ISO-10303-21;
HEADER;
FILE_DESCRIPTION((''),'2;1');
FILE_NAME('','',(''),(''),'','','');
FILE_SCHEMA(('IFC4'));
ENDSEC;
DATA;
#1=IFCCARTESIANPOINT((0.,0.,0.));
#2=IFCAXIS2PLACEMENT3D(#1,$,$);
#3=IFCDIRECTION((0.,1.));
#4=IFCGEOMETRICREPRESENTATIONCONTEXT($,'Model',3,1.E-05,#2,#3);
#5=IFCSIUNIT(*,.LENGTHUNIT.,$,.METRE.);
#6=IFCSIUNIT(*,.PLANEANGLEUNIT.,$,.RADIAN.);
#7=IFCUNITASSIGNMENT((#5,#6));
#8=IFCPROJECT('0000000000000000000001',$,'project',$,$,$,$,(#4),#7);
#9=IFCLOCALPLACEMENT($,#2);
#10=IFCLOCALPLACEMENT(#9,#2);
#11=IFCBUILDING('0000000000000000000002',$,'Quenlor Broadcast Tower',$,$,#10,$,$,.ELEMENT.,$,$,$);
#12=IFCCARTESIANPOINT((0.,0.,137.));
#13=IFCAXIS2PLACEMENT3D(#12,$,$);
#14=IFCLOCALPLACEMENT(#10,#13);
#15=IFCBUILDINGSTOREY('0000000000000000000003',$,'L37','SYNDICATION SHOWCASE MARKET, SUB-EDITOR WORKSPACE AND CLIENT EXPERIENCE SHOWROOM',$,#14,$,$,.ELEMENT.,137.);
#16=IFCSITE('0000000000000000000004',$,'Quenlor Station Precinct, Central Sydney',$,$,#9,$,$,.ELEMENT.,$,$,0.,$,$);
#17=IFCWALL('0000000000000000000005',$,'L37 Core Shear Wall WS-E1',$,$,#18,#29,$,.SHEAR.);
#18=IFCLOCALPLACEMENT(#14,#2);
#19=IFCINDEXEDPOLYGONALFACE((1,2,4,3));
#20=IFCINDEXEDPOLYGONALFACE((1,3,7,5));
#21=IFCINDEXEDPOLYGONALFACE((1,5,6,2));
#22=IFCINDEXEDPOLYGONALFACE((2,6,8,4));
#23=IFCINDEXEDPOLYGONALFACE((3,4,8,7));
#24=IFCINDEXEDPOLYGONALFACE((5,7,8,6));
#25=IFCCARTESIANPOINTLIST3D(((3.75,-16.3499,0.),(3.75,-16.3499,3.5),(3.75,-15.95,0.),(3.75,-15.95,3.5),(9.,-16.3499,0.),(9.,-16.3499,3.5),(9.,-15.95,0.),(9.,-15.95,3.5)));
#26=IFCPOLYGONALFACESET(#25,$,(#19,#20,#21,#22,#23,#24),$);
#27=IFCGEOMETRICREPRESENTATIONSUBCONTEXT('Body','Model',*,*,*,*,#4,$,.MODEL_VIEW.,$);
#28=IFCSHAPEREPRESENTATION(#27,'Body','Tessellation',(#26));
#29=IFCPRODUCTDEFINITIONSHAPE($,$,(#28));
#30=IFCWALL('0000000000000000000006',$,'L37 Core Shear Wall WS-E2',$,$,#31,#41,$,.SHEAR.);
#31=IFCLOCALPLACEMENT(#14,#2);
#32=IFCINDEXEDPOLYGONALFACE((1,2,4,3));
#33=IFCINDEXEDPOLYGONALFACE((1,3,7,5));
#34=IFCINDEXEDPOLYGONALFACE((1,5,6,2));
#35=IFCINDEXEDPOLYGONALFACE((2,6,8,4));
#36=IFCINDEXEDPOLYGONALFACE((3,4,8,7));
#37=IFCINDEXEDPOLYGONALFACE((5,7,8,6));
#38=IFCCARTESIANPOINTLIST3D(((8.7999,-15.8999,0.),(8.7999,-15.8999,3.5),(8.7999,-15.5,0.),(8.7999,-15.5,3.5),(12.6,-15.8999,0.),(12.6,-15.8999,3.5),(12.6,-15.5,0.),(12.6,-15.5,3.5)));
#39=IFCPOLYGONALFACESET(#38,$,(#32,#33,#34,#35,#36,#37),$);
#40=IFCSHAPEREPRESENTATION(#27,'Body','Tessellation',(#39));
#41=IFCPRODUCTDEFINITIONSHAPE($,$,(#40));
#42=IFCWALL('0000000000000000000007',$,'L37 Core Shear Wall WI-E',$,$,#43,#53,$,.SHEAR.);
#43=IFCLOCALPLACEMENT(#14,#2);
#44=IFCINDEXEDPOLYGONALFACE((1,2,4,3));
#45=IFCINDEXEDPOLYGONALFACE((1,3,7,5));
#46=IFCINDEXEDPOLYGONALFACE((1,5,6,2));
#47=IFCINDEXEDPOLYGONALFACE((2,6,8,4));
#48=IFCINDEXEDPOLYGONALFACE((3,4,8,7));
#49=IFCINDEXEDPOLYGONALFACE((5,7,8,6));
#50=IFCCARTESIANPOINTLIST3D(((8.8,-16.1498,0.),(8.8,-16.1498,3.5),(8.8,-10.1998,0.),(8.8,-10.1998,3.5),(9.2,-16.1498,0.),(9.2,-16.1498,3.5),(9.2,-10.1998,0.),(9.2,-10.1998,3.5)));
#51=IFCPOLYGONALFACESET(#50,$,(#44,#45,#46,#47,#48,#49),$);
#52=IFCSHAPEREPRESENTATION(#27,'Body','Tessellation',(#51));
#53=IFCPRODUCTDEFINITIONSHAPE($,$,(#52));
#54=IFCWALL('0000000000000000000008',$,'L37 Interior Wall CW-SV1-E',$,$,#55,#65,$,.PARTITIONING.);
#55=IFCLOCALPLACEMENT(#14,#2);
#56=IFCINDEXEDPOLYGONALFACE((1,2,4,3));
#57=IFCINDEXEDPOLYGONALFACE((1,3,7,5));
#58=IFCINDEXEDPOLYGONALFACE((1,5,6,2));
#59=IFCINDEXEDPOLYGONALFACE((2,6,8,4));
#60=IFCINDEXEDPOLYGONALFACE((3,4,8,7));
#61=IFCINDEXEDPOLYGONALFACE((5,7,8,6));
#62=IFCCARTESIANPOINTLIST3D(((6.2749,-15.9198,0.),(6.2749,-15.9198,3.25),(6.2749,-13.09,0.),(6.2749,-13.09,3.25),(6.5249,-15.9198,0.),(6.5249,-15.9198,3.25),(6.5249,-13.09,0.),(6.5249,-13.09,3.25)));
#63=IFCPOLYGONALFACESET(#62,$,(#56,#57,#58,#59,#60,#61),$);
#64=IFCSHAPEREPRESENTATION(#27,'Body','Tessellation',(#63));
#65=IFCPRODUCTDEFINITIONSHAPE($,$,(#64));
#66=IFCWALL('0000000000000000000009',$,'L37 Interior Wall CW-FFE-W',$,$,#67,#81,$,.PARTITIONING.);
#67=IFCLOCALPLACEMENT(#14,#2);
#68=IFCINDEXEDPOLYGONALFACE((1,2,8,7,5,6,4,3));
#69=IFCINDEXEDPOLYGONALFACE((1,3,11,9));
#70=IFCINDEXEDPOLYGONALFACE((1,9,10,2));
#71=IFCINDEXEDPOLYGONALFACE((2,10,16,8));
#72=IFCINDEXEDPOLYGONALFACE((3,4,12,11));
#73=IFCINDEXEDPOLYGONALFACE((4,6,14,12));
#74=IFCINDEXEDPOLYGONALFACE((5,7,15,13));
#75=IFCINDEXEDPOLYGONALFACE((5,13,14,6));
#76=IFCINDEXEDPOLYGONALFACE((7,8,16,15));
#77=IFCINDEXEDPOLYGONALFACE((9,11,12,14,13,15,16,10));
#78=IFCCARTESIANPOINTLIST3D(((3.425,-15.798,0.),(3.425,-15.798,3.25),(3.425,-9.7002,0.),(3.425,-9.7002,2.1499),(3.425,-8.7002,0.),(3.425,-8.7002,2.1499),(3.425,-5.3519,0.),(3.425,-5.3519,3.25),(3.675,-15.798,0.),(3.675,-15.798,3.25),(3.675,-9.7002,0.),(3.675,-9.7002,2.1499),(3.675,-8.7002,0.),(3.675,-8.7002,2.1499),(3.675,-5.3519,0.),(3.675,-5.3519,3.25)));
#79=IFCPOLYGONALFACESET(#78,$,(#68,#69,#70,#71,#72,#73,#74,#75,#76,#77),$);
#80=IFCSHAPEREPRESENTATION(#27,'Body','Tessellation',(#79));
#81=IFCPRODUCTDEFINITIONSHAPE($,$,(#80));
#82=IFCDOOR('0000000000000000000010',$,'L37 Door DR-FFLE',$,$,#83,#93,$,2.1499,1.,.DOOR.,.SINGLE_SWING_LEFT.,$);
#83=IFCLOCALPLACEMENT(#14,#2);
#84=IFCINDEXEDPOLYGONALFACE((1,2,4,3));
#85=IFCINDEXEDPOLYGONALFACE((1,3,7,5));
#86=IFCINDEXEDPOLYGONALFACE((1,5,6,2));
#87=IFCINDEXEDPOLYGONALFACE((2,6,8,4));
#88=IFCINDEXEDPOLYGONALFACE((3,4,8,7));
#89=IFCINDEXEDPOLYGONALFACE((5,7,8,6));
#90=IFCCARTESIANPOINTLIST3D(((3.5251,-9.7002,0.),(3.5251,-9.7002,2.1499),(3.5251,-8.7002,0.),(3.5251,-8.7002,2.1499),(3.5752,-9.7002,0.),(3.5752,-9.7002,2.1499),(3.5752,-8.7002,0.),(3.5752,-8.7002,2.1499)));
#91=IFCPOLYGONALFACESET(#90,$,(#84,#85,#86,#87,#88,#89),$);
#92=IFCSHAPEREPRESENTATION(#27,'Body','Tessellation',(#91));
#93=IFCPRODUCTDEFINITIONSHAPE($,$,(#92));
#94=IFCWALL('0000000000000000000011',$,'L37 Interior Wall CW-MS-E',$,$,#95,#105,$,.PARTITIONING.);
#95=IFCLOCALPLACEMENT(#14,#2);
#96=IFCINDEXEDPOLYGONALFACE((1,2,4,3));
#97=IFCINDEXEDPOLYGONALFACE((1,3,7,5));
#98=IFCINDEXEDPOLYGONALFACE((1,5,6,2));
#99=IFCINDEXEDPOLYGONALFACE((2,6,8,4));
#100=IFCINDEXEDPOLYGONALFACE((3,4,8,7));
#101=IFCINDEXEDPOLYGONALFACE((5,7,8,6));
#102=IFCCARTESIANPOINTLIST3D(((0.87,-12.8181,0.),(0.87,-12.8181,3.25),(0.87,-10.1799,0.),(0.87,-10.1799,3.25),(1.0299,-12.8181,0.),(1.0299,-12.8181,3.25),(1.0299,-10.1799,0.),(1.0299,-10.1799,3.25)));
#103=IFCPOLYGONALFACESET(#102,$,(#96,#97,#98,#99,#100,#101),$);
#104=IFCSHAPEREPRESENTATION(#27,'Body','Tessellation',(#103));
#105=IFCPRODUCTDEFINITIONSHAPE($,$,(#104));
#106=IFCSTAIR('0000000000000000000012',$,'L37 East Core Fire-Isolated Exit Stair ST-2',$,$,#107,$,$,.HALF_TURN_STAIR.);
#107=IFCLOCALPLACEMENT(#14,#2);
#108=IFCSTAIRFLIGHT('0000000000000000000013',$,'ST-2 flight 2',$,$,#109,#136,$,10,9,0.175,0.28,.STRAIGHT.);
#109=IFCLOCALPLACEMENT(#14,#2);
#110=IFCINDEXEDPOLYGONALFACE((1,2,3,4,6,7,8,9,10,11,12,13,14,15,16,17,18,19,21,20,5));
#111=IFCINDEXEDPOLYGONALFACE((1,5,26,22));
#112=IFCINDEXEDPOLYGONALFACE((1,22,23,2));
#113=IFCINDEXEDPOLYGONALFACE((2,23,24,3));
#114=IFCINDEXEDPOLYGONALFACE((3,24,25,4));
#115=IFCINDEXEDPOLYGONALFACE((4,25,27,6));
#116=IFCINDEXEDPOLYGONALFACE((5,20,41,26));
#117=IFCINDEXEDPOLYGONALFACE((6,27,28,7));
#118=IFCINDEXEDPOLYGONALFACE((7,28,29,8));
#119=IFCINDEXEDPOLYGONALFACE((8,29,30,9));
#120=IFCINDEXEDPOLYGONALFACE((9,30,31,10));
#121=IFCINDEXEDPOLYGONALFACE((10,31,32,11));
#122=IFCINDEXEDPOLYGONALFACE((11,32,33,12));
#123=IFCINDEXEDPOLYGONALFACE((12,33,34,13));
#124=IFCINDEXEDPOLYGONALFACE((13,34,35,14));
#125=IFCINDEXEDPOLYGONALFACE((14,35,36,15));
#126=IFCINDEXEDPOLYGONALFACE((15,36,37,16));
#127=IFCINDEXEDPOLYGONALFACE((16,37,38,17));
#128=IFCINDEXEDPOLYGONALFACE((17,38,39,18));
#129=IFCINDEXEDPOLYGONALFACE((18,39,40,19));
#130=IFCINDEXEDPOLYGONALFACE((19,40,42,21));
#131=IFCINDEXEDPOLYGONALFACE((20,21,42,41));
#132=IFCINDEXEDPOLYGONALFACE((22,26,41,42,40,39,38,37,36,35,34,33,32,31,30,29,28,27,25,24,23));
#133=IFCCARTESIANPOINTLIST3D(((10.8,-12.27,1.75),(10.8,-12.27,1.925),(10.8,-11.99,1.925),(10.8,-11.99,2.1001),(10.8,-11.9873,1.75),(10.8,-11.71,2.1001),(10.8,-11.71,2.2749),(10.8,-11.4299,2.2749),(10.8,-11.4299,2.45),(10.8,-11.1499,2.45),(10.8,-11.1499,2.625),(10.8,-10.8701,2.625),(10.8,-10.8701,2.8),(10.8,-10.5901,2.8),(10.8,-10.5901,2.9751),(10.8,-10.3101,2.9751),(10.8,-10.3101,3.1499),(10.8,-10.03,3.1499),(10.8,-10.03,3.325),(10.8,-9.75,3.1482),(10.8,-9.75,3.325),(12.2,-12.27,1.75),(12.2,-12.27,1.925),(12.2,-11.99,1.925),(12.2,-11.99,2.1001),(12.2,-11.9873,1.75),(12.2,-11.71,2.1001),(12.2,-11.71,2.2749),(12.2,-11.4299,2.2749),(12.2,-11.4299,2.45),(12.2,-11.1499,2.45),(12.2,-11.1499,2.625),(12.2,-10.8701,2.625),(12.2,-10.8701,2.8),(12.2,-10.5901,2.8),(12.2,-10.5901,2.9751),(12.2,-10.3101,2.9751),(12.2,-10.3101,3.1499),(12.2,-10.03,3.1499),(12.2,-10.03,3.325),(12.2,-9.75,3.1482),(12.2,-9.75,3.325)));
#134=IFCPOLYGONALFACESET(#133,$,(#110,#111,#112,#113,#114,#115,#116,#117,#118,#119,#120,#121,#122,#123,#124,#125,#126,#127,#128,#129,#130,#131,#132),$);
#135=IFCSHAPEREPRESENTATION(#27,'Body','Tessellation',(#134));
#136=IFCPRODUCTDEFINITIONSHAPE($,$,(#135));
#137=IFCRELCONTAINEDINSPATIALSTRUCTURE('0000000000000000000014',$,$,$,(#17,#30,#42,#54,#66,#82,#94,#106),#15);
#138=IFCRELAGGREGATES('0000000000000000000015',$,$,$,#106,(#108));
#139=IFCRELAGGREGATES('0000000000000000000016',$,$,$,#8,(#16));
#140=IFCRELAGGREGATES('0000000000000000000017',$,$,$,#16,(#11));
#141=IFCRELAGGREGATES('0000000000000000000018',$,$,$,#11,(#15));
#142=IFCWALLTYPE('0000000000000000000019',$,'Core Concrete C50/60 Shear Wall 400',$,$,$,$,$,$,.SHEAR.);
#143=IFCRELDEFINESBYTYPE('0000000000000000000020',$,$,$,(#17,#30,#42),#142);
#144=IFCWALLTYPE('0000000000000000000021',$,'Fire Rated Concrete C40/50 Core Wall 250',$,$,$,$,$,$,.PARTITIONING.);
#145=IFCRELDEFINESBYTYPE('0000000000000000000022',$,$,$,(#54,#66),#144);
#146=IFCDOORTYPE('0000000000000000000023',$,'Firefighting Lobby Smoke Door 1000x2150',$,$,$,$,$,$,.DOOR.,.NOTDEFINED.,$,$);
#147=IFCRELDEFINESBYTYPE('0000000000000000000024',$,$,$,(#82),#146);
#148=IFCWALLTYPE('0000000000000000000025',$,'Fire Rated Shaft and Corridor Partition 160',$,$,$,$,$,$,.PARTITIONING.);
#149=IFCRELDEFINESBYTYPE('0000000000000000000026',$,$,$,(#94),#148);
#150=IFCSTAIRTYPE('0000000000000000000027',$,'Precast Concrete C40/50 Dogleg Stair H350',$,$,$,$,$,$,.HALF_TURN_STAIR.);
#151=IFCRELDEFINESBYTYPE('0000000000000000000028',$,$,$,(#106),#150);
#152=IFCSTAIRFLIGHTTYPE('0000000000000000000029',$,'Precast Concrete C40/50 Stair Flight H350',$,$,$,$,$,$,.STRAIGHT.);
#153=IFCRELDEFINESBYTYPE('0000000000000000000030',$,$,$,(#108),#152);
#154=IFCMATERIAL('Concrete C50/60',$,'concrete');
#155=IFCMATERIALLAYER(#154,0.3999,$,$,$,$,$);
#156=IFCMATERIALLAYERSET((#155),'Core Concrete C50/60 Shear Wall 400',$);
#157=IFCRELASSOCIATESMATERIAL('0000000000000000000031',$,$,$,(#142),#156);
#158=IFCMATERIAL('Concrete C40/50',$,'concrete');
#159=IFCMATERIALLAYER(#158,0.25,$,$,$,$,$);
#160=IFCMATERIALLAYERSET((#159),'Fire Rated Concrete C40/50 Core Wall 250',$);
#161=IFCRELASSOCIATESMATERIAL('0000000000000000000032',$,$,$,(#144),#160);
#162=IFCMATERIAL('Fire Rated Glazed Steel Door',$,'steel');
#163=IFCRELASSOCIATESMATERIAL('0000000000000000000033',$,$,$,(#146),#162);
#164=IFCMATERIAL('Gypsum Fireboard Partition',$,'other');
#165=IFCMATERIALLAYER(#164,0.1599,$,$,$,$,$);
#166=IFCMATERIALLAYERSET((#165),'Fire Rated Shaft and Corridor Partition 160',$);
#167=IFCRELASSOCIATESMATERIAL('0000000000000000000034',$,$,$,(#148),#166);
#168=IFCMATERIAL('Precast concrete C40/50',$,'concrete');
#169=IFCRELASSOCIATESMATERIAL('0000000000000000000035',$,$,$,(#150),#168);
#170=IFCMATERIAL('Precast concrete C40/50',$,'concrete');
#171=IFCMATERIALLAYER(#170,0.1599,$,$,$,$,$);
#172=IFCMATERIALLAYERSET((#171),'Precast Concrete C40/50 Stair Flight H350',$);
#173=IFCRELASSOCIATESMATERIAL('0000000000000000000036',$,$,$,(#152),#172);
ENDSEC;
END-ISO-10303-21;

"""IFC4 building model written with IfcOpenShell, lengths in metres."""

from ifc_helpers import new_model, si_unit, direction, frame, frame_2d, origin, place, context, subcontext, project, spatial, polyline, rectangle, outline, extrude, material, layer, layer_set, type_object, element, fill, aggregate, save


model = new_model("IFC4")

# Units and contexts
model_context = context("Model", 3, precision=1e-05, world=origin(), true_north=direction((0.0, 1.0)))
body_context = subcontext(model_context, "Body", "Model", "MODEL_VIEW")
ifc_project = project(units=[si_unit("LENGTHUNIT", "METRE"), si_unit("PLANEANGLEUNIT", "RADIAN")], contexts=[model_context])

# Site, building, storey
site_placement = place(None, origin())
site = spatial("IfcSite", under=ifc_project, at=site_placement, Name="Quenlor Station Precinct, Central Sydney", CompositionType="ELEMENT", RefElevation=0.0)
building_placement = place(site_placement, origin())
building = spatial("IfcBuilding", under=site, at=building_placement, Name="Quenlor Broadcast Tower", CompositionType="ELEMENT")
storey_placement = place(building_placement, frame((0.0, 0.0, 137.0)))
storey = spatial("IfcBuildingStorey", under=building, at=storey_placement, Name="L37", Description="SYNDICATION SHOWCASE MARKET, SUB-EDITOR WORKSPACE AND CLIENT EXPERIENCE SHOWROOM", CompositionType="ELEMENT", Elevation=137.0)

# Walls
ifc_material_1 = material(Name="Concrete C50/60", Category="concrete")
ifc_layer_1 = layer(ifc_material_1, 0.3999)
ifc_layer_set_1 = layer_set([ifc_layer_1], Name="Core Concrete C50/60 Shear Wall 400")
wall_type_1 = type_object("IfcWallType", Name="Core Concrete C50/60 Shear Wall 400", PredefinedType="SHEAR", material=ifc_layer_set_1)
wall_1_placement = place(storey_placement, frame((3.75, -16.1499, 0.0), z_axis=(0.0, 0.0, 1.0), x_axis=(1.0, 0.0, 0.0)))
element("IfcWall", 1, at=wall_1_placement, inside=storey, type_object=wall_type_1, Name="L37 Core Shear Wall WS-E1", PredefinedType="SHEAR", context=body_context, shape_type="SweptSolid", body=[
    extrude(rectangle(XDim=5.25, YDim=0.3999, at=frame_2d((2.625, 0.0))), origin(), (0.0, 0.0, 1.0), 3.5),
])
wall_2_placement = place(storey_placement, frame((8.8, -15.7, 0.0), z_axis=(0.0, 0.0, 1.0), x_axis=(1.0, 0.0, 0.0)))
element("IfcWall", 2, at=wall_2_placement, inside=storey, type_object=wall_type_1, Name="L37 Core Shear Wall WS-E2", PredefinedType="SHEAR", context=body_context, shape_type="SweptSolid", body=[
    extrude(rectangle(XDim=3.8, YDim=0.3999, at=frame_2d((1.8999, 0.0))), origin(), (0.0, 0.0, 1.0), 3.5),
])
wall_3_placement = place(storey_placement, frame((9.0, -16.1499, 0.0), z_axis=(0.0, 0.0, 1.0), x_axis=(0.0, 1.0, 0.0)))
element("IfcWall", 3, at=wall_3_placement, inside=storey, type_object=wall_type_1, Name="L37 Core Shear Wall WI-E", PredefinedType="SHEAR", context=body_context, shape_type="SweptSolid", body=[
    extrude(rectangle(XDim=5.95, YDim=0.3999, at=frame_2d((2.9751, 0.0))), origin(), (0.0, 0.0, 1.0), 3.5),
])

# Shared definitions
ifc_material_2 = material(Name="Concrete C40/50", Category="concrete")
ifc_layer_2 = layer(ifc_material_2, 0.25)
ifc_layer_set_2 = layer_set([ifc_layer_2], Name="Fire Rated Concrete C40/50 Core Wall 250")
wall_type_2 = type_object("IfcWallType", Name="Fire Rated Concrete C40/50 Core Wall 250", PredefinedType="PARTITIONING", material=ifc_layer_set_2)

# Wall
wall_4_placement = place(storey_placement, frame((6.3999, -15.9199, 0.0), z_axis=(0.0, 0.0, 1.0), x_axis=(0.0, 1.0, 0.0)))
element("IfcWall", 4, at=wall_4_placement, inside=storey, type_object=wall_type_2, Name="L37 Interior Wall CW-SV1-E", PredefinedType="PARTITIONING", context=body_context, shape_type="SweptSolid", body=[
    extrude(rectangle(XDim=2.8298, YDim=0.25, at=frame_2d((1.415, 0.0))), origin(), (0.0, 0.0, 1.0), 3.25),
])

# Wall, opening, door
wall_5_placement = place(storey_placement, frame((3.55, -15.7981, 0.0), z_axis=(0.0, 0.0, 1.0), x_axis=(0.0, 1.0, 0.0)))
wall_5 = element("IfcWall", 5, at=wall_5_placement, inside=storey, type_object=wall_type_2, Name="L37 Interior Wall CW-FFE-W", PredefinedType="PARTITIONING", context=body_context, shape_type="SweptSolid", body=[
    extrude(rectangle(XDim=10.446, YDim=0.25, at=frame_2d((5.2231, 0.0))), origin(), (0.0, 0.0, 1.0), 3.25),
])
opening_1_placement = place(wall_5_placement, frame((6.0979, 0.0, 0.0)))
opening_1 = element("IfcOpeningElement", 6, at=opening_1_placement, cuts=wall_5, PredefinedType="OPENING", context=body_context, shape_type="SweptSolid", body=[
    extrude(rectangle(XDim=1.0, YDim=2.1499, at=frame_2d((0.5, 1.075))), frame((0.0, 0.135, 0.0), z_axis=(0.0, -1.0, 0.0), x_axis=(1.0, 0.0, 0.0)), (0.0, 0.0, 1.0), 0.27),
])
ifc_material_3 = material(Name="Fire Rated Glazed Steel Door", Category="steel")
door_type_1 = type_object("IfcDoorType", Name="Firefighting Lobby Smoke Door 1000x2150", OperationType="NOTDEFINED", PredefinedType="DOOR", material=ifc_material_3)
door_1_placement = place(opening_1_placement, origin())
door_1 = element("IfcDoor", 7, at=door_1_placement, inside=storey, type_object=door_type_1, Name="L37 Door DR-FFLE", OperationType="SINGLE_SWING_LEFT", OverallHeight=2.1499, OverallWidth=1.0, PredefinedType="DOOR", context=body_context, shape_type="SweptSolid", body=[
    extrude(rectangle(XDim=1.0, YDim=2.1499, at=frame_2d((0.5, 1.075))), frame((0.0, 0.0249, 0.0), z_axis=(0.0, -1.0, 0.0), x_axis=(1.0, 0.0, 0.0)), (0.0, 0.0, 1.0), 0.05),
])
fill(opening_1, door_1)

# Wall
ifc_material_4 = material(Name="Gypsum Fireboard Partition", Category="other")
ifc_layer_3 = layer(ifc_material_4, 0.1599)
ifc_layer_set_3 = layer_set([ifc_layer_3], Name="Fire Rated Shaft and Corridor Partition 160")
wall_type_3 = type_object("IfcWallType", Name="Fire Rated Shaft and Corridor Partition 160", PredefinedType="PARTITIONING", material=ifc_layer_set_3)
wall_6_placement = place(storey_placement, frame((0.95, -12.8181, 0.0), z_axis=(0.0, 0.0, 1.0), x_axis=(0.0, 1.0, 0.0)))
element("IfcWall", 8, at=wall_6_placement, inside=storey, type_object=wall_type_3, Name="L37 Interior Wall CW-MS-E", PredefinedType="PARTITIONING", context=body_context, shape_type="SweptSolid", body=[
    extrude(rectangle(XDim=2.6382, YDim=0.1599, at=frame_2d((1.3191, 0.0))), origin(), (0.0, 0.0, 1.0), 3.25),
])

# Stair, stair flight
ifc_material_5 = material(Name="Precast concrete C40/50", Category="concrete")
stair_type = type_object("IfcStairType", Name="Precast Concrete C40/50 Dogleg Stair H350", PredefinedType="HALF_TURN_STAIR", material=ifc_material_5)
stair_placement = place(storey_placement, origin())
stair = element("IfcStair", 9, at=stair_placement, inside=storey, type_object=stair_type, Name="L37 East Core Fire-Isolated Exit Stair ST-2", PredefinedType="HALF_TURN_STAIR")
ifc_material_6 = material(Name="Precast concrete C40/50", Category="concrete")
ifc_layer_4 = layer(ifc_material_6, 0.1599)
ifc_layer_set_4 = layer_set([ifc_layer_4], Name="Precast Concrete C40/50 Stair Flight H350")
stair_flight_type = type_object("IfcStairFlightType", Name="Precast Concrete C40/50 Stair Flight H350", PredefinedType="STRAIGHT", material=ifc_layer_set_4)
stair_flight_placement = place(storey_placement, frame((11.5, -12.27, 1.75), z_axis=(0.0, 0.0, 1.0), x_axis=(0.0, 1.0, 0.0)))
stair_flight = element("IfcStairFlight", 10, at=stair_flight_placement, type_object=stair_flight_type, Name="ST-2 flight 2", NumberOfRisers=10, NumberOfTreads=9, PredefinedType="STRAIGHT", RiserHeight=0.175, TreadLength=0.28, context=body_context, shape_type="SweptSolid", body=[
    extrude(outline(polyline([(0.0, 0.0), (0.0, 0.175), (0.28, 0.175), (0.28, 0.3501), (0.5601, 0.3501), (0.5601, 0.5249), (0.8401, 0.5249), (0.8401, 0.7), (1.1201, 0.7), (1.1201, 0.875), (1.3999, 0.875), (1.3999, 1.05), (1.6799, 1.05), (1.6799, 1.2251), (1.96, 1.2251), (1.96, 1.3999), (2.24, 1.3999), (2.24, 1.575), (2.52, 1.575), (2.52, 1.75), (2.52, 1.3982), (0.2827, 0.0), (0.0, 0.0)])), frame((0.0, 0.7, 0.0), z_axis=(0.0, -1.0, 0.0), x_axis=(1.0, 0.0, 0.0)), (0.0, 0.0, 1.0), 1.3999),
])
aggregate(stair, [stair_flight])

save(model, "model.ifc")
